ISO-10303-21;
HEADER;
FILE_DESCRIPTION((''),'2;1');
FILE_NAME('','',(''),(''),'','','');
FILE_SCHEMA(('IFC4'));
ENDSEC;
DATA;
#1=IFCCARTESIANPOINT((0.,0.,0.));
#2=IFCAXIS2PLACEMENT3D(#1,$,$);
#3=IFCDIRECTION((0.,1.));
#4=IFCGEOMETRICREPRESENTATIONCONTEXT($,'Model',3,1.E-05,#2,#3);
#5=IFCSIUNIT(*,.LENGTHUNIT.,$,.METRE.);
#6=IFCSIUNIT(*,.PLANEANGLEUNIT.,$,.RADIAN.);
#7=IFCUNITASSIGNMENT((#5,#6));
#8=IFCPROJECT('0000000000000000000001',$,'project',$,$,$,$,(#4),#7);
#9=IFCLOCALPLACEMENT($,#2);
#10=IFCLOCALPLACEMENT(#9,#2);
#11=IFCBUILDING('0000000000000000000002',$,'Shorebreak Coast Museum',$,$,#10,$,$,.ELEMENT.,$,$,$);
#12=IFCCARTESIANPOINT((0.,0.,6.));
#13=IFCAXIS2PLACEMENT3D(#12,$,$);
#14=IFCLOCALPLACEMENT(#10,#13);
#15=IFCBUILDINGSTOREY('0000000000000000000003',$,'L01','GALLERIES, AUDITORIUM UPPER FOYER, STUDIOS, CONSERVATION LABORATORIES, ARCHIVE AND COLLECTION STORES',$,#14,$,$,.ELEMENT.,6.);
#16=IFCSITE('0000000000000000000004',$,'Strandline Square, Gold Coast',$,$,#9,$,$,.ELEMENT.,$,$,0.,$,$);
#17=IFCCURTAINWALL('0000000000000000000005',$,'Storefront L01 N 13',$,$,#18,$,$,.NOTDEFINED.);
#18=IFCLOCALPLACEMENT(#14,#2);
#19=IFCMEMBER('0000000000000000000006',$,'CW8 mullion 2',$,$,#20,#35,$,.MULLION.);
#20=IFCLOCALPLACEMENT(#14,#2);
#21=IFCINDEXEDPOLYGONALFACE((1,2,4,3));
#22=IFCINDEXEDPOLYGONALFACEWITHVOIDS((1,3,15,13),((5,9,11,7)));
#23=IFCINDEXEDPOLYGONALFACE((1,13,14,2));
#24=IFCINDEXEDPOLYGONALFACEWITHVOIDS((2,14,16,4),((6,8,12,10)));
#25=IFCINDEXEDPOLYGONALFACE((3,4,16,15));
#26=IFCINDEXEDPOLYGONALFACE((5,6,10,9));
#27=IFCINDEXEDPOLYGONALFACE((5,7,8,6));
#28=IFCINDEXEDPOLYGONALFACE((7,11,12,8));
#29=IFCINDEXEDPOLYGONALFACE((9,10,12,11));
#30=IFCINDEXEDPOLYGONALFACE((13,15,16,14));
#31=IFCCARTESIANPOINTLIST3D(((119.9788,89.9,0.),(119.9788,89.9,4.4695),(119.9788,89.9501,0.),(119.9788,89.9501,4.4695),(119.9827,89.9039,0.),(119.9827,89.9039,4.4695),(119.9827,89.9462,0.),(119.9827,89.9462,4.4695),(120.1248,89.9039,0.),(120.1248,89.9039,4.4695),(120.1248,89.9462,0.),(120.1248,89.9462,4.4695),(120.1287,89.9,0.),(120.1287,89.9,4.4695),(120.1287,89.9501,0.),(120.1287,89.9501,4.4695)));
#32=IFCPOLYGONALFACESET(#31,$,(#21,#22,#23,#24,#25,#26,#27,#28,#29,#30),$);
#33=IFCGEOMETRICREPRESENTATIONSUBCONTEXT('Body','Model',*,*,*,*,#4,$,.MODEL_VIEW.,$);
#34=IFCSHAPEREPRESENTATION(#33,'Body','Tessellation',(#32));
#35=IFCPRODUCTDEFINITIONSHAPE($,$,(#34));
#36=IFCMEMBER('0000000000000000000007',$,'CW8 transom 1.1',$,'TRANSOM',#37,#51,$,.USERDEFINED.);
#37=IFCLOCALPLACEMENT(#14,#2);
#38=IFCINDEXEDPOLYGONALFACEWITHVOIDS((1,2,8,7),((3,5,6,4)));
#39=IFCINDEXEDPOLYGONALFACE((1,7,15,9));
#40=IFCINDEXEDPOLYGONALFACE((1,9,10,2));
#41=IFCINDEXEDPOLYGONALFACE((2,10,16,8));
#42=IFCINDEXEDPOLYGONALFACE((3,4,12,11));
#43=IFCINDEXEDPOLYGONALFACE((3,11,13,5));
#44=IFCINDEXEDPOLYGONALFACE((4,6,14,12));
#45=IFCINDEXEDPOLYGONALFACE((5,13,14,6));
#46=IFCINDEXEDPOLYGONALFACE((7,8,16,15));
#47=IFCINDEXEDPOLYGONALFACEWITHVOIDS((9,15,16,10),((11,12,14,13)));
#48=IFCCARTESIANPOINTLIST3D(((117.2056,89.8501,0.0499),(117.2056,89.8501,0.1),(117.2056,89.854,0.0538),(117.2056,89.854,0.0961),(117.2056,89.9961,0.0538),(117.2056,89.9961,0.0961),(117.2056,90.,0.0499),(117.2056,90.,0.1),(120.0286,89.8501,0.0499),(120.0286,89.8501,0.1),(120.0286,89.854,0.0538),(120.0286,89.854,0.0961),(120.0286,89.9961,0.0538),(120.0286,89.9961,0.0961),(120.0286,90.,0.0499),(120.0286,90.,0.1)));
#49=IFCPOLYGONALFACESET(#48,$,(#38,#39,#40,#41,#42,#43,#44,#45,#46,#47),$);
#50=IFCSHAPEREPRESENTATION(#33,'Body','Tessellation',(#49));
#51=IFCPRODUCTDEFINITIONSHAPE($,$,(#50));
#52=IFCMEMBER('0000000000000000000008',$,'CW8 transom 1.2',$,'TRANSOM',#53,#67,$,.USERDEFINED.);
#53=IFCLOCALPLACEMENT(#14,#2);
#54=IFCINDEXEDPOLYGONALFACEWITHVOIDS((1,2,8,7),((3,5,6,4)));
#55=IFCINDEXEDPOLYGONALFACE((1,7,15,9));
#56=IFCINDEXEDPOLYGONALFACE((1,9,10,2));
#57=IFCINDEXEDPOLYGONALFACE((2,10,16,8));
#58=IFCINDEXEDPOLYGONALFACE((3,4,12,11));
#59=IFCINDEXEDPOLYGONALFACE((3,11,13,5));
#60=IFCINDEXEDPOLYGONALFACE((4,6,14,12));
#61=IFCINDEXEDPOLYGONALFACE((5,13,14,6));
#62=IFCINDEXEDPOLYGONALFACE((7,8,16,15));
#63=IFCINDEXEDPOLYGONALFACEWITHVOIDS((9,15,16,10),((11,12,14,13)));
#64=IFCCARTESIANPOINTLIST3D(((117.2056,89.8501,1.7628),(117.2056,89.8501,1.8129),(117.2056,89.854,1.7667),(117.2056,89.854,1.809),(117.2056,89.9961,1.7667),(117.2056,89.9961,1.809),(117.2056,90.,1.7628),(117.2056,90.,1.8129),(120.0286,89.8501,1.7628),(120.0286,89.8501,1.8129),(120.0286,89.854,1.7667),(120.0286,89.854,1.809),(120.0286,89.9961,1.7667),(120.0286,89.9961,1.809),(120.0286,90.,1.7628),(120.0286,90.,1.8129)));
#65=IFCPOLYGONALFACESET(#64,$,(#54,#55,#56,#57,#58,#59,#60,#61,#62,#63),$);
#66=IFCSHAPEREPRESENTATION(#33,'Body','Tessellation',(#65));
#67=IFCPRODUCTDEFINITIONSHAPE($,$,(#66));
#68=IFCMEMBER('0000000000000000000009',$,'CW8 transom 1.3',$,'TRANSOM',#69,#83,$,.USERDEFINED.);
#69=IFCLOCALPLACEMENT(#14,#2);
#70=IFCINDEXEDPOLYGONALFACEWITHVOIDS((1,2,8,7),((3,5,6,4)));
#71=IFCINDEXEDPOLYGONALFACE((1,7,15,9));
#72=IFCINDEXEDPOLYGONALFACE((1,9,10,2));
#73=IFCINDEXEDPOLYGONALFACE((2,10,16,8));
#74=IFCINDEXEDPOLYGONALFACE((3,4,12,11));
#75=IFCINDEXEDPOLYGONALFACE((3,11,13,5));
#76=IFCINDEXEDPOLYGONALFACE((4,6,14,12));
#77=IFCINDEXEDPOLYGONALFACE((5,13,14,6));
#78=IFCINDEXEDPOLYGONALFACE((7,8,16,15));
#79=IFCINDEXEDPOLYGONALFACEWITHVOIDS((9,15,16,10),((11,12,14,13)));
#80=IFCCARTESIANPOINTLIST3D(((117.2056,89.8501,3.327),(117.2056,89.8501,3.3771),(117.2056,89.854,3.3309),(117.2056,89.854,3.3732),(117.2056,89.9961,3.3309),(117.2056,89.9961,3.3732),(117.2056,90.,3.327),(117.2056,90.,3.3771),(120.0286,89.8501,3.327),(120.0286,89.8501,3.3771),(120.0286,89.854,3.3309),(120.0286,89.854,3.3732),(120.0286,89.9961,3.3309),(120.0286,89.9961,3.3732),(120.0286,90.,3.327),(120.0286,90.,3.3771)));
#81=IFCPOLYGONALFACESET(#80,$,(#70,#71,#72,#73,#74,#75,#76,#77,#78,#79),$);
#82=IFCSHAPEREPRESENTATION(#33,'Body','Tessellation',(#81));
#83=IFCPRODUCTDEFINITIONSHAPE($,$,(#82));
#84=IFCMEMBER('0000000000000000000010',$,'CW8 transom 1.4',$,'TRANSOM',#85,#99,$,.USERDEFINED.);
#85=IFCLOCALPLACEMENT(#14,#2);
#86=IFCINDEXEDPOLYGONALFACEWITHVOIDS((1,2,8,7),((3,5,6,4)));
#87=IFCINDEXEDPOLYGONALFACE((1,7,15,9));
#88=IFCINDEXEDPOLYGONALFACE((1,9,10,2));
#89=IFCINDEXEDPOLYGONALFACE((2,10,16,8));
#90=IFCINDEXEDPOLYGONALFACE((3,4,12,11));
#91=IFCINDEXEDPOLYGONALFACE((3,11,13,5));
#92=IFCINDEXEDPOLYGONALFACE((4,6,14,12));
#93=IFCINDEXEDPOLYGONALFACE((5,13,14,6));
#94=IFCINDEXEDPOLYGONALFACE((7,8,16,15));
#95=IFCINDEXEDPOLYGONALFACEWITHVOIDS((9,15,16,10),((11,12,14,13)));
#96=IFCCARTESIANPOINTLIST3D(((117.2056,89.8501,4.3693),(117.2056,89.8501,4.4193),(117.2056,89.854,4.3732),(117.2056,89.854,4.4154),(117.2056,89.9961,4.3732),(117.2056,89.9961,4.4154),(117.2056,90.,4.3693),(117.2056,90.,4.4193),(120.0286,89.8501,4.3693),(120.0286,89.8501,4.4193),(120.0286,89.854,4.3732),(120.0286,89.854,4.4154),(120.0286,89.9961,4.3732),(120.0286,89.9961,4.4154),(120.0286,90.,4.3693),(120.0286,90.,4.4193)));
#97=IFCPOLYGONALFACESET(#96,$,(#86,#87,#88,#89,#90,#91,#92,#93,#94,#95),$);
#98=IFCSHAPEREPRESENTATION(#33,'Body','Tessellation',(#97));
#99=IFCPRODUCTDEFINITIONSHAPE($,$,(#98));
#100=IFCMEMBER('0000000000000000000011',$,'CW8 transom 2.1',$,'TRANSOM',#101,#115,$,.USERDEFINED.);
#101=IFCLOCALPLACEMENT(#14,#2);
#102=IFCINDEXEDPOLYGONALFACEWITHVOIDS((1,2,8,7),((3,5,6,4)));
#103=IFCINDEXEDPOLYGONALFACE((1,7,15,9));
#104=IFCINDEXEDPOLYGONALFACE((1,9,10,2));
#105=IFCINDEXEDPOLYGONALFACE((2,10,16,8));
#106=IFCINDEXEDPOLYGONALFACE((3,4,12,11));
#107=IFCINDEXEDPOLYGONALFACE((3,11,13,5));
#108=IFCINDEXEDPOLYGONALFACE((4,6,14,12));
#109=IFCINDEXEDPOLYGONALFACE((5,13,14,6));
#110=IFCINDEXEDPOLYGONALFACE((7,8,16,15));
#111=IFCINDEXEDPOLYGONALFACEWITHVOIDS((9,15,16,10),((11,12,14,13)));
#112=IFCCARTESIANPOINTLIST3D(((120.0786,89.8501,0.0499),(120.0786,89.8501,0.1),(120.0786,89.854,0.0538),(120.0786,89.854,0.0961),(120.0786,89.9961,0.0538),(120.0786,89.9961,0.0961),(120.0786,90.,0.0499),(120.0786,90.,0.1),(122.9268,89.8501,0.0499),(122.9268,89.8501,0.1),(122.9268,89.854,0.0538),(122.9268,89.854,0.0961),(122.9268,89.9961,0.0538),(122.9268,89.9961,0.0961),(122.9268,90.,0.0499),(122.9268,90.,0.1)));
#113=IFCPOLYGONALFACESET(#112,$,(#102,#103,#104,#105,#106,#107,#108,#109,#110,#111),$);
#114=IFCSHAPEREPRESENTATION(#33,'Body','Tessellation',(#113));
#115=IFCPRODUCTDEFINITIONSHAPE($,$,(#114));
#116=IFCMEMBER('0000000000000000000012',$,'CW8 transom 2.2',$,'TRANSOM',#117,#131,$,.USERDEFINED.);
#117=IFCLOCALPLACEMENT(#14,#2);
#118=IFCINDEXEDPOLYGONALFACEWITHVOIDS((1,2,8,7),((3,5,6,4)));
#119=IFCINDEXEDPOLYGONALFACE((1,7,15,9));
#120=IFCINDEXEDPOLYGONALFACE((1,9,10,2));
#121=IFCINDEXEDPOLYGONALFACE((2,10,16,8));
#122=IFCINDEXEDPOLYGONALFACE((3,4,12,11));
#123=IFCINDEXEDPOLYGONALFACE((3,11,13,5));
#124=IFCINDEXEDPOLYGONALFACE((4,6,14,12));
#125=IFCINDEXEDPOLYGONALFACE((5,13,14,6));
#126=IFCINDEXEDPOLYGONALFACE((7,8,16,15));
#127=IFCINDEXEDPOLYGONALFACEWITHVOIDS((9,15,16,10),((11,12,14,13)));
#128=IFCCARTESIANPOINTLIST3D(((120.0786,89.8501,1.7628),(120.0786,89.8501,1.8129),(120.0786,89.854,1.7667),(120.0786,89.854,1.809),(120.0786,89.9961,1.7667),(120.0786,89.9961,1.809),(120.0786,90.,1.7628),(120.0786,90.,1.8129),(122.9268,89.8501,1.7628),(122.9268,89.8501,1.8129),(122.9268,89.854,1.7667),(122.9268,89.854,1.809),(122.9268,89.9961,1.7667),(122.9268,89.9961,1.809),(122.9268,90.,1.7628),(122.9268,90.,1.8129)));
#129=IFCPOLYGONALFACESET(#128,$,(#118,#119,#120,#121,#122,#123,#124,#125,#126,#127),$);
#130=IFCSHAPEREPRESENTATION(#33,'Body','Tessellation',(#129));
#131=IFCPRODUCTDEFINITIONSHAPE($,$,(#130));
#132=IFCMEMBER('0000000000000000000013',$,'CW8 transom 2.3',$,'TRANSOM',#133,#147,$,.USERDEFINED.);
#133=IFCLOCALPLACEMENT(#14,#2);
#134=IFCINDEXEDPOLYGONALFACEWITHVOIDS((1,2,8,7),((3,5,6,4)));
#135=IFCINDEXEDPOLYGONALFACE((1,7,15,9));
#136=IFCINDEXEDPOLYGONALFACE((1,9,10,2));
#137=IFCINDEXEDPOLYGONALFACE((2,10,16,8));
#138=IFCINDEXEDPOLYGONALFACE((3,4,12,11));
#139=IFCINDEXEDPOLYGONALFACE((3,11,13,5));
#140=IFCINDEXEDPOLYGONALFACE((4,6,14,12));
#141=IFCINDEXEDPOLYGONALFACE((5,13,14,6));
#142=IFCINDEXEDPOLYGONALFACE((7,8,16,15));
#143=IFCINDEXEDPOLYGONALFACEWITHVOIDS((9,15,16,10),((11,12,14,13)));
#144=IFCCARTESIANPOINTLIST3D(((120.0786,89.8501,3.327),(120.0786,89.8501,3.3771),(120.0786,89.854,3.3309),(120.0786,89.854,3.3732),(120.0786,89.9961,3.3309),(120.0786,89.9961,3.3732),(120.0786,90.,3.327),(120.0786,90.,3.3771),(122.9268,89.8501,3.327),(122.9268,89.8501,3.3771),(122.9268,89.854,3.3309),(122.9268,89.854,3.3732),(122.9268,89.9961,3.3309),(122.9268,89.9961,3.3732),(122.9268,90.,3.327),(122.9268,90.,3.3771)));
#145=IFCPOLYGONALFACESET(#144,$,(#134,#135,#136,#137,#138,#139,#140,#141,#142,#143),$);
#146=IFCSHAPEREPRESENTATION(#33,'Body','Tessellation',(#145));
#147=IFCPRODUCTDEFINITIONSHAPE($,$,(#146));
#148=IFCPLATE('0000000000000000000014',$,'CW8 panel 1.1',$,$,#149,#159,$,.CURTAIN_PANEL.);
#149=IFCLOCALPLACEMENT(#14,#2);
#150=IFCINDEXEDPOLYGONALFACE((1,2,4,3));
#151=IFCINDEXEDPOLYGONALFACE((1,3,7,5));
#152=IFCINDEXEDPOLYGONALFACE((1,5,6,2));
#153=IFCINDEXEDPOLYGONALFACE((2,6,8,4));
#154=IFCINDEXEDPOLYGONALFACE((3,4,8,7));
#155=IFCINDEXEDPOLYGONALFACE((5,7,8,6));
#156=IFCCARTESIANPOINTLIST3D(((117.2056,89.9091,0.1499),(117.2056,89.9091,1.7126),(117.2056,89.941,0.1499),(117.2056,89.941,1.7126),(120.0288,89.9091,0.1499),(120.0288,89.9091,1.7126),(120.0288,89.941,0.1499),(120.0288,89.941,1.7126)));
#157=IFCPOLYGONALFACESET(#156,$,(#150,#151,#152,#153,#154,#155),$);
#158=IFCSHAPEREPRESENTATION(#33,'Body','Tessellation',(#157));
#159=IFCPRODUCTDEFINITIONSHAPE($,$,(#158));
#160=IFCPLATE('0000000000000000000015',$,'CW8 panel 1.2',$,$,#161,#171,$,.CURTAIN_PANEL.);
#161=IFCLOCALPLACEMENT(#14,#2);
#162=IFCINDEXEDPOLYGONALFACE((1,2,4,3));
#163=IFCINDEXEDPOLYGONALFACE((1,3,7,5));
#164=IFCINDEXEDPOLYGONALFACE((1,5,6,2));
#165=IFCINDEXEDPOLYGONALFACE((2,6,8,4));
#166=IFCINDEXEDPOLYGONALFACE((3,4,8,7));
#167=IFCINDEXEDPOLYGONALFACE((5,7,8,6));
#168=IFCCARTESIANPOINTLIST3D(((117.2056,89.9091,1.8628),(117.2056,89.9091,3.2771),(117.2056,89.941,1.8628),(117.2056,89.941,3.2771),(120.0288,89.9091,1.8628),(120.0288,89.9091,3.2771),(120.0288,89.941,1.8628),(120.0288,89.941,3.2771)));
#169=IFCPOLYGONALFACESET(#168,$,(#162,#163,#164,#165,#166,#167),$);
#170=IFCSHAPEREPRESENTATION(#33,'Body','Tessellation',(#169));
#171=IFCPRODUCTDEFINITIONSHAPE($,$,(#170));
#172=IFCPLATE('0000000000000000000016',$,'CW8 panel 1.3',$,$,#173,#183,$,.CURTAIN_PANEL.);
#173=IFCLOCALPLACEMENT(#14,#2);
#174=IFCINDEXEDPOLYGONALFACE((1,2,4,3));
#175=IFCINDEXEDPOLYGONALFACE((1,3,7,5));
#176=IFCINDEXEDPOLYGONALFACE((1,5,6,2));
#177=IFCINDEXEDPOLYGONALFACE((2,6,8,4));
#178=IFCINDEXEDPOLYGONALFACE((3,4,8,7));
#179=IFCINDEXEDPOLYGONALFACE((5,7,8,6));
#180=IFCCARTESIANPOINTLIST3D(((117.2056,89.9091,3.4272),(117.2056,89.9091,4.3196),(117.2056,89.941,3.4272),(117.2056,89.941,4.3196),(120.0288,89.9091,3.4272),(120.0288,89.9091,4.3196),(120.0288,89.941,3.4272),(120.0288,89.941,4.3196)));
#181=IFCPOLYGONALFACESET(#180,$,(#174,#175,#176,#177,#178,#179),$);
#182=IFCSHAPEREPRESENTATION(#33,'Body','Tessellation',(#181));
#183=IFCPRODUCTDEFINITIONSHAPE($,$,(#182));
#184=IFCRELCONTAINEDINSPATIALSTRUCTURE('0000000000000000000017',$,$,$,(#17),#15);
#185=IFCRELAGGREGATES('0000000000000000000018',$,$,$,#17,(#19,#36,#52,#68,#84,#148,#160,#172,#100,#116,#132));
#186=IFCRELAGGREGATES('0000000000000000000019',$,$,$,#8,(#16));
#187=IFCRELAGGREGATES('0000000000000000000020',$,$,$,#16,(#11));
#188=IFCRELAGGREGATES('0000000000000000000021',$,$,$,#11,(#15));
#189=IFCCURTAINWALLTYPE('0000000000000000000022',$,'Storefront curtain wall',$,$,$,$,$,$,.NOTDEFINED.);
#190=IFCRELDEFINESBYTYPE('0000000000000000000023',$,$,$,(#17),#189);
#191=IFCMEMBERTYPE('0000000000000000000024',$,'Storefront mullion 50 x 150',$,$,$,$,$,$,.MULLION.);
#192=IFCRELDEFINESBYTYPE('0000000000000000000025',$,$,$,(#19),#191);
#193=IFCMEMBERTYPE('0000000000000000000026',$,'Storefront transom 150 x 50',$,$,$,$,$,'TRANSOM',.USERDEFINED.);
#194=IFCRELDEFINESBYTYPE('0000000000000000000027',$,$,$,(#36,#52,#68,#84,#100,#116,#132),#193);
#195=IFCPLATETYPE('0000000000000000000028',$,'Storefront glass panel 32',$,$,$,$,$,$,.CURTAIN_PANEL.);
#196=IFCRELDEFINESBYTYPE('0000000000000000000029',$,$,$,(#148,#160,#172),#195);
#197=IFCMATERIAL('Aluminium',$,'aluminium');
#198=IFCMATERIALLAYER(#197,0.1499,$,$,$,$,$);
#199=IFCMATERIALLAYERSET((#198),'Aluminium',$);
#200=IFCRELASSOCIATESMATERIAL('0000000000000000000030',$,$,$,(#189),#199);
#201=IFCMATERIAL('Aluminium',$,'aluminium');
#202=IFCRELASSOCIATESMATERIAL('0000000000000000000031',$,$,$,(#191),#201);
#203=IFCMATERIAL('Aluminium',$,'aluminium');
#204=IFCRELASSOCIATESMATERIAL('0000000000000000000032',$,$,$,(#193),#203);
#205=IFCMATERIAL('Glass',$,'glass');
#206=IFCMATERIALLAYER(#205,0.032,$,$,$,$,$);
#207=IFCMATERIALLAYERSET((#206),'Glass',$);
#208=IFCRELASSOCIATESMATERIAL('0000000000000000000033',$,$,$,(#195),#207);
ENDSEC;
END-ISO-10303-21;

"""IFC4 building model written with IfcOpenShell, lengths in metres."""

from ifc_helpers import new_model, si_unit, direction, frame, origin, origin_2d, place, context, subcontext, project, spatial, rectangle, hollow_rectangle, extrude, material, layer, layer_set, material_profile, profile_set, type_object, element, aggregate, save


model = new_model("IFC4")

# Units and contexts
model_context = context("Model", 3, precision=1e-05, world=origin(), true_north=direction((0.0, 1.0)))
body_context = subcontext(model_context, "Body", "Model", "MODEL_VIEW")
ifc_project = project(units=[si_unit("LENGTHUNIT", "METRE"), si_unit("PLANEANGLEUNIT", "RADIAN")], contexts=[model_context])

# Site, building, storey
site_placement = place(None, origin())
site = spatial("IfcSite", under=ifc_project, at=site_placement, Name="Strandline Square, Gold Coast", CompositionType="ELEMENT", RefElevation=0.0)
building_placement = place(site_placement, origin())
building = spatial("IfcBuilding", under=site, at=building_placement, Name="Shorebreak Coast Museum", CompositionType="ELEMENT")
storey_placement = place(building_placement, frame((0.0, 0.0, 6.0)))
storey = spatial("IfcBuildingStorey", under=building, at=storey_placement, Name="L01", Description="GALLERIES, AUDITORIUM UPPER FOYER, STUDIOS, CONSERVATION LABORATORIES, ARCHIVE AND COLLECTION STORES", CompositionType="ELEMENT", Elevation=6.0)

# Curtain wall, members, plates
ifc_material_1 = material(Name="Aluminium", Category="aluminium")
ifc_layer_1 = layer(ifc_material_1, 0.1499)
ifc_layer_set_1 = layer_set([ifc_layer_1], Name="Aluminium")
curtain_wall_type = type_object("IfcCurtainWallType", Name="Storefront curtain wall", PredefinedType="NOTDEFINED", material=ifc_layer_set_1)
curtain_wall_placement = place(storey_placement, origin())
curtain_wall = element("IfcCurtainWall", 1, at=curtain_wall_placement, inside=storey, type_object=curtain_wall_type, Name="Storefront L01 N 13", PredefinedType="NOTDEFINED")
ifc_material_2 = material(Name="Aluminium", Category="aluminium")
ifc_material_profile_1 = material_profile(ifc_material_2, hollow_rectangle(XDim=0.05, YDim=0.1499, WallThickness=0.0039, at=origin_2d()), Name="AL 150x50 RHS")
ifc_profile_set_1 = profile_set([ifc_material_profile_1], Name="Aluminium")
member_type_1 = type_object("IfcMemberType", Name="Storefront mullion 50 x 150", PredefinedType="MULLION", material=ifc_profile_set_1)
member_1_placement = place(storey_placement, frame((120.0537, 89.925, 0.0), z_axis=(0.0, 0.0, 1.0), x_axis=(0.0, 1.0, 0.0)))
member_1 = element("IfcMember", 2, at=member_1_placement, type_object=member_type_1, Name="CW8 mullion 2", PredefinedType="MULLION", context=body_context, shape_type="SweptSolid", body=[
    extrude(hollow_rectangle(XDim=0.05, YDim=0.1499, WallThickness=0.0039, at=origin_2d()), origin(), (0.0, 0.0, 1.0), 4.4695),
])
ifc_material_3 = material(Name="Aluminium", Category="aluminium")
ifc_material_profile_2 = material_profile(ifc_material_3, hollow_rectangle(XDim=0.1499, YDim=0.05, WallThickness=0.0039, at=origin_2d()), Name="AL 50x150 RHS")
ifc_profile_set_2 = profile_set([ifc_material_profile_2], Name="Aluminium")
member_type_2 = type_object("IfcMemberType", Name="Storefront transom 150 x 50", ElementType="TRANSOM", PredefinedType="USERDEFINED", material=ifc_profile_set_2)
member_2_placement = place(storey_placement, frame((117.2056, 89.925, 0.075), z_axis=(1.0, 0.0, 0.0), x_axis=(0.0, 1.0, 0.0)))
member_2 = element("IfcMember", 3, at=member_2_placement, type_object=member_type_2, Name="CW8 transom 1.1", ObjectType="TRANSOM", PredefinedType="USERDEFINED", context=body_context, shape_type="SweptSolid", body=[
    extrude(hollow_rectangle(XDim=0.1499, YDim=0.05, WallThickness=0.0039, at=origin_2d()), origin(), (0.0, 0.0, 1.0), 2.823),
])
member_3_placement = place(storey_placement, frame((117.2056, 89.925, 1.7878), z_axis=(1.0, 0.0, 0.0), x_axis=(0.0, 1.0, 0.0)))
member_3 = element("IfcMember", 4, at=member_3_placement, type_object=member_type_2, Name="CW8 transom 1.2", ObjectType="TRANSOM", PredefinedType="USERDEFINED", context=body_context, shape_type="SweptSolid", body=[
    extrude(hollow_rectangle(XDim=0.1499, YDim=0.05, WallThickness=0.0039, at=origin_2d()), origin(), (0.0, 0.0, 1.0), 2.823),
])
member_4_placement = place(storey_placement, frame((117.2056, 89.925, 3.3521), z_axis=(1.0, 0.0, 0.0), x_axis=(0.0, 1.0, 0.0)))
member_4 = element("IfcMember", 5, at=member_4_placement, type_object=member_type_2, Name="CW8 transom 1.3", ObjectType="TRANSOM", PredefinedType="USERDEFINED", context=body_context, shape_type="SweptSolid", body=[
    extrude(hollow_rectangle(XDim=0.1499, YDim=0.05, WallThickness=0.0039, at=origin_2d()), origin(), (0.0, 0.0, 1.0), 2.823),
])
member_5_placement = place(storey_placement, frame((117.2056, 89.925, 4.3943), z_axis=(1.0, 0.0, 0.0), x_axis=(0.0, 1.0, 0.0)))
member_5 = element("IfcMember", 6, at=member_5_placement, type_object=member_type_2, Name="CW8 transom 1.4", ObjectType="TRANSOM", PredefinedType="USERDEFINED", context=body_context, shape_type="SweptSolid", body=[
    extrude(hollow_rectangle(XDim=0.1499, YDim=0.05, WallThickness=0.0039, at=origin_2d()), origin(), (0.0, 0.0, 1.0), 2.823),
])
member_6_placement = place(storey_placement, frame((120.0786, 89.925, 0.075), z_axis=(1.0, 0.0, 0.0), x_axis=(0.0, 1.0, 0.0)))
member_6 = element("IfcMember", 7, at=member_6_placement, type_object=member_type_2, Name="CW8 transom 2.1", ObjectType="TRANSOM", PredefinedType="USERDEFINED", context=body_context, shape_type="SweptSolid", body=[
    extrude(hollow_rectangle(XDim=0.1499, YDim=0.05, WallThickness=0.0039, at=origin_2d()), origin(), (0.0, 0.0, 1.0), 2.8481),
])
member_7_placement = place(storey_placement, frame((120.0786, 89.925, 1.7878), z_axis=(1.0, 0.0, 0.0), x_axis=(0.0, 1.0, 0.0)))
member_7 = element("IfcMember", 8, at=member_7_placement, type_object=member_type_2, Name="CW8 transom 2.2", ObjectType="TRANSOM", PredefinedType="USERDEFINED", context=body_context, shape_type="SweptSolid", body=[
    extrude(hollow_rectangle(XDim=0.1499, YDim=0.05, WallThickness=0.0039, at=origin_2d()), origin(), (0.0, 0.0, 1.0), 2.8481),
])
member_8_placement = place(storey_placement, frame((120.0786, 89.925, 3.3521), z_axis=(1.0, 0.0, 0.0), x_axis=(0.0, 1.0, 0.0)))
member_8 = element("IfcMember", 9, at=member_8_placement, type_object=member_type_2, Name="CW8 transom 2.3", ObjectType="TRANSOM", PredefinedType="USERDEFINED", context=body_context, shape_type="SweptSolid", body=[
    extrude(hollow_rectangle(XDim=0.1499, YDim=0.05, WallThickness=0.0039, at=origin_2d()), origin(), (0.0, 0.0, 1.0), 2.8481),
])
ifc_material_4 = material(Name="Glass", Category="glass")
ifc_layer_2 = layer(ifc_material_4, 0.032)
ifc_layer_set_2 = layer_set([ifc_layer_2], Name="Glass")
plate_type = type_object("IfcPlateType", Name="Storefront glass panel 32", PredefinedType="CURTAIN_PANEL", material=ifc_layer_set_2)
plate_1_placement = place(storey_placement, frame((118.6172, 89.925, 0.1499), z_axis=(0.0, 0.0, 1.0), x_axis=(1.0, 0.0, 0.0)))
plate_1 = element("IfcPlate", 10, at=plate_1_placement, type_object=plate_type, Name="CW8 panel 1.1", PredefinedType="CURTAIN_PANEL", context=body_context, shape_type="SweptSolid", body=[
    extrude(rectangle(XDim=2.8232, YDim=0.032, at=origin_2d()), origin(), (0.0, 0.0, 1.0), 1.5627),
])
plate_2_placement = place(storey_placement, frame((118.6172, 89.925, 1.8628), z_axis=(0.0, 0.0, 1.0), x_axis=(1.0, 0.0, 0.0)))
plate_2 = element("IfcPlate", 11, at=plate_2_placement, type_object=plate_type, Name="CW8 panel 1.2", PredefinedType="CURTAIN_PANEL", context=body_context, shape_type="SweptSolid", body=[
    extrude(rectangle(XDim=2.8232, YDim=0.032, at=origin_2d()), origin(), (0.0, 0.0, 1.0), 1.4143),
])
plate_3_placement = place(storey_placement, frame((118.6172, 89.925, 3.4272), z_axis=(0.0, 0.0, 1.0), x_axis=(1.0, 0.0, 0.0)))
plate_3 = element("IfcPlate", 12, at=plate_3_placement, type_object=plate_type, Name="CW8 panel 1.3", PredefinedType="CURTAIN_PANEL", context=body_context, shape_type="SweptSolid", body=[
    extrude(rectangle(XDim=2.8232, YDim=0.032, at=origin_2d()), origin(), (0.0, 0.0, 1.0), 0.8923),
])
aggregate(curtain_wall, [member_1, member_2, member_3, member_4, member_5, plate_1, plate_2, plate_3, member_6, member_7, member_8])

save(model, "model.ifc")
